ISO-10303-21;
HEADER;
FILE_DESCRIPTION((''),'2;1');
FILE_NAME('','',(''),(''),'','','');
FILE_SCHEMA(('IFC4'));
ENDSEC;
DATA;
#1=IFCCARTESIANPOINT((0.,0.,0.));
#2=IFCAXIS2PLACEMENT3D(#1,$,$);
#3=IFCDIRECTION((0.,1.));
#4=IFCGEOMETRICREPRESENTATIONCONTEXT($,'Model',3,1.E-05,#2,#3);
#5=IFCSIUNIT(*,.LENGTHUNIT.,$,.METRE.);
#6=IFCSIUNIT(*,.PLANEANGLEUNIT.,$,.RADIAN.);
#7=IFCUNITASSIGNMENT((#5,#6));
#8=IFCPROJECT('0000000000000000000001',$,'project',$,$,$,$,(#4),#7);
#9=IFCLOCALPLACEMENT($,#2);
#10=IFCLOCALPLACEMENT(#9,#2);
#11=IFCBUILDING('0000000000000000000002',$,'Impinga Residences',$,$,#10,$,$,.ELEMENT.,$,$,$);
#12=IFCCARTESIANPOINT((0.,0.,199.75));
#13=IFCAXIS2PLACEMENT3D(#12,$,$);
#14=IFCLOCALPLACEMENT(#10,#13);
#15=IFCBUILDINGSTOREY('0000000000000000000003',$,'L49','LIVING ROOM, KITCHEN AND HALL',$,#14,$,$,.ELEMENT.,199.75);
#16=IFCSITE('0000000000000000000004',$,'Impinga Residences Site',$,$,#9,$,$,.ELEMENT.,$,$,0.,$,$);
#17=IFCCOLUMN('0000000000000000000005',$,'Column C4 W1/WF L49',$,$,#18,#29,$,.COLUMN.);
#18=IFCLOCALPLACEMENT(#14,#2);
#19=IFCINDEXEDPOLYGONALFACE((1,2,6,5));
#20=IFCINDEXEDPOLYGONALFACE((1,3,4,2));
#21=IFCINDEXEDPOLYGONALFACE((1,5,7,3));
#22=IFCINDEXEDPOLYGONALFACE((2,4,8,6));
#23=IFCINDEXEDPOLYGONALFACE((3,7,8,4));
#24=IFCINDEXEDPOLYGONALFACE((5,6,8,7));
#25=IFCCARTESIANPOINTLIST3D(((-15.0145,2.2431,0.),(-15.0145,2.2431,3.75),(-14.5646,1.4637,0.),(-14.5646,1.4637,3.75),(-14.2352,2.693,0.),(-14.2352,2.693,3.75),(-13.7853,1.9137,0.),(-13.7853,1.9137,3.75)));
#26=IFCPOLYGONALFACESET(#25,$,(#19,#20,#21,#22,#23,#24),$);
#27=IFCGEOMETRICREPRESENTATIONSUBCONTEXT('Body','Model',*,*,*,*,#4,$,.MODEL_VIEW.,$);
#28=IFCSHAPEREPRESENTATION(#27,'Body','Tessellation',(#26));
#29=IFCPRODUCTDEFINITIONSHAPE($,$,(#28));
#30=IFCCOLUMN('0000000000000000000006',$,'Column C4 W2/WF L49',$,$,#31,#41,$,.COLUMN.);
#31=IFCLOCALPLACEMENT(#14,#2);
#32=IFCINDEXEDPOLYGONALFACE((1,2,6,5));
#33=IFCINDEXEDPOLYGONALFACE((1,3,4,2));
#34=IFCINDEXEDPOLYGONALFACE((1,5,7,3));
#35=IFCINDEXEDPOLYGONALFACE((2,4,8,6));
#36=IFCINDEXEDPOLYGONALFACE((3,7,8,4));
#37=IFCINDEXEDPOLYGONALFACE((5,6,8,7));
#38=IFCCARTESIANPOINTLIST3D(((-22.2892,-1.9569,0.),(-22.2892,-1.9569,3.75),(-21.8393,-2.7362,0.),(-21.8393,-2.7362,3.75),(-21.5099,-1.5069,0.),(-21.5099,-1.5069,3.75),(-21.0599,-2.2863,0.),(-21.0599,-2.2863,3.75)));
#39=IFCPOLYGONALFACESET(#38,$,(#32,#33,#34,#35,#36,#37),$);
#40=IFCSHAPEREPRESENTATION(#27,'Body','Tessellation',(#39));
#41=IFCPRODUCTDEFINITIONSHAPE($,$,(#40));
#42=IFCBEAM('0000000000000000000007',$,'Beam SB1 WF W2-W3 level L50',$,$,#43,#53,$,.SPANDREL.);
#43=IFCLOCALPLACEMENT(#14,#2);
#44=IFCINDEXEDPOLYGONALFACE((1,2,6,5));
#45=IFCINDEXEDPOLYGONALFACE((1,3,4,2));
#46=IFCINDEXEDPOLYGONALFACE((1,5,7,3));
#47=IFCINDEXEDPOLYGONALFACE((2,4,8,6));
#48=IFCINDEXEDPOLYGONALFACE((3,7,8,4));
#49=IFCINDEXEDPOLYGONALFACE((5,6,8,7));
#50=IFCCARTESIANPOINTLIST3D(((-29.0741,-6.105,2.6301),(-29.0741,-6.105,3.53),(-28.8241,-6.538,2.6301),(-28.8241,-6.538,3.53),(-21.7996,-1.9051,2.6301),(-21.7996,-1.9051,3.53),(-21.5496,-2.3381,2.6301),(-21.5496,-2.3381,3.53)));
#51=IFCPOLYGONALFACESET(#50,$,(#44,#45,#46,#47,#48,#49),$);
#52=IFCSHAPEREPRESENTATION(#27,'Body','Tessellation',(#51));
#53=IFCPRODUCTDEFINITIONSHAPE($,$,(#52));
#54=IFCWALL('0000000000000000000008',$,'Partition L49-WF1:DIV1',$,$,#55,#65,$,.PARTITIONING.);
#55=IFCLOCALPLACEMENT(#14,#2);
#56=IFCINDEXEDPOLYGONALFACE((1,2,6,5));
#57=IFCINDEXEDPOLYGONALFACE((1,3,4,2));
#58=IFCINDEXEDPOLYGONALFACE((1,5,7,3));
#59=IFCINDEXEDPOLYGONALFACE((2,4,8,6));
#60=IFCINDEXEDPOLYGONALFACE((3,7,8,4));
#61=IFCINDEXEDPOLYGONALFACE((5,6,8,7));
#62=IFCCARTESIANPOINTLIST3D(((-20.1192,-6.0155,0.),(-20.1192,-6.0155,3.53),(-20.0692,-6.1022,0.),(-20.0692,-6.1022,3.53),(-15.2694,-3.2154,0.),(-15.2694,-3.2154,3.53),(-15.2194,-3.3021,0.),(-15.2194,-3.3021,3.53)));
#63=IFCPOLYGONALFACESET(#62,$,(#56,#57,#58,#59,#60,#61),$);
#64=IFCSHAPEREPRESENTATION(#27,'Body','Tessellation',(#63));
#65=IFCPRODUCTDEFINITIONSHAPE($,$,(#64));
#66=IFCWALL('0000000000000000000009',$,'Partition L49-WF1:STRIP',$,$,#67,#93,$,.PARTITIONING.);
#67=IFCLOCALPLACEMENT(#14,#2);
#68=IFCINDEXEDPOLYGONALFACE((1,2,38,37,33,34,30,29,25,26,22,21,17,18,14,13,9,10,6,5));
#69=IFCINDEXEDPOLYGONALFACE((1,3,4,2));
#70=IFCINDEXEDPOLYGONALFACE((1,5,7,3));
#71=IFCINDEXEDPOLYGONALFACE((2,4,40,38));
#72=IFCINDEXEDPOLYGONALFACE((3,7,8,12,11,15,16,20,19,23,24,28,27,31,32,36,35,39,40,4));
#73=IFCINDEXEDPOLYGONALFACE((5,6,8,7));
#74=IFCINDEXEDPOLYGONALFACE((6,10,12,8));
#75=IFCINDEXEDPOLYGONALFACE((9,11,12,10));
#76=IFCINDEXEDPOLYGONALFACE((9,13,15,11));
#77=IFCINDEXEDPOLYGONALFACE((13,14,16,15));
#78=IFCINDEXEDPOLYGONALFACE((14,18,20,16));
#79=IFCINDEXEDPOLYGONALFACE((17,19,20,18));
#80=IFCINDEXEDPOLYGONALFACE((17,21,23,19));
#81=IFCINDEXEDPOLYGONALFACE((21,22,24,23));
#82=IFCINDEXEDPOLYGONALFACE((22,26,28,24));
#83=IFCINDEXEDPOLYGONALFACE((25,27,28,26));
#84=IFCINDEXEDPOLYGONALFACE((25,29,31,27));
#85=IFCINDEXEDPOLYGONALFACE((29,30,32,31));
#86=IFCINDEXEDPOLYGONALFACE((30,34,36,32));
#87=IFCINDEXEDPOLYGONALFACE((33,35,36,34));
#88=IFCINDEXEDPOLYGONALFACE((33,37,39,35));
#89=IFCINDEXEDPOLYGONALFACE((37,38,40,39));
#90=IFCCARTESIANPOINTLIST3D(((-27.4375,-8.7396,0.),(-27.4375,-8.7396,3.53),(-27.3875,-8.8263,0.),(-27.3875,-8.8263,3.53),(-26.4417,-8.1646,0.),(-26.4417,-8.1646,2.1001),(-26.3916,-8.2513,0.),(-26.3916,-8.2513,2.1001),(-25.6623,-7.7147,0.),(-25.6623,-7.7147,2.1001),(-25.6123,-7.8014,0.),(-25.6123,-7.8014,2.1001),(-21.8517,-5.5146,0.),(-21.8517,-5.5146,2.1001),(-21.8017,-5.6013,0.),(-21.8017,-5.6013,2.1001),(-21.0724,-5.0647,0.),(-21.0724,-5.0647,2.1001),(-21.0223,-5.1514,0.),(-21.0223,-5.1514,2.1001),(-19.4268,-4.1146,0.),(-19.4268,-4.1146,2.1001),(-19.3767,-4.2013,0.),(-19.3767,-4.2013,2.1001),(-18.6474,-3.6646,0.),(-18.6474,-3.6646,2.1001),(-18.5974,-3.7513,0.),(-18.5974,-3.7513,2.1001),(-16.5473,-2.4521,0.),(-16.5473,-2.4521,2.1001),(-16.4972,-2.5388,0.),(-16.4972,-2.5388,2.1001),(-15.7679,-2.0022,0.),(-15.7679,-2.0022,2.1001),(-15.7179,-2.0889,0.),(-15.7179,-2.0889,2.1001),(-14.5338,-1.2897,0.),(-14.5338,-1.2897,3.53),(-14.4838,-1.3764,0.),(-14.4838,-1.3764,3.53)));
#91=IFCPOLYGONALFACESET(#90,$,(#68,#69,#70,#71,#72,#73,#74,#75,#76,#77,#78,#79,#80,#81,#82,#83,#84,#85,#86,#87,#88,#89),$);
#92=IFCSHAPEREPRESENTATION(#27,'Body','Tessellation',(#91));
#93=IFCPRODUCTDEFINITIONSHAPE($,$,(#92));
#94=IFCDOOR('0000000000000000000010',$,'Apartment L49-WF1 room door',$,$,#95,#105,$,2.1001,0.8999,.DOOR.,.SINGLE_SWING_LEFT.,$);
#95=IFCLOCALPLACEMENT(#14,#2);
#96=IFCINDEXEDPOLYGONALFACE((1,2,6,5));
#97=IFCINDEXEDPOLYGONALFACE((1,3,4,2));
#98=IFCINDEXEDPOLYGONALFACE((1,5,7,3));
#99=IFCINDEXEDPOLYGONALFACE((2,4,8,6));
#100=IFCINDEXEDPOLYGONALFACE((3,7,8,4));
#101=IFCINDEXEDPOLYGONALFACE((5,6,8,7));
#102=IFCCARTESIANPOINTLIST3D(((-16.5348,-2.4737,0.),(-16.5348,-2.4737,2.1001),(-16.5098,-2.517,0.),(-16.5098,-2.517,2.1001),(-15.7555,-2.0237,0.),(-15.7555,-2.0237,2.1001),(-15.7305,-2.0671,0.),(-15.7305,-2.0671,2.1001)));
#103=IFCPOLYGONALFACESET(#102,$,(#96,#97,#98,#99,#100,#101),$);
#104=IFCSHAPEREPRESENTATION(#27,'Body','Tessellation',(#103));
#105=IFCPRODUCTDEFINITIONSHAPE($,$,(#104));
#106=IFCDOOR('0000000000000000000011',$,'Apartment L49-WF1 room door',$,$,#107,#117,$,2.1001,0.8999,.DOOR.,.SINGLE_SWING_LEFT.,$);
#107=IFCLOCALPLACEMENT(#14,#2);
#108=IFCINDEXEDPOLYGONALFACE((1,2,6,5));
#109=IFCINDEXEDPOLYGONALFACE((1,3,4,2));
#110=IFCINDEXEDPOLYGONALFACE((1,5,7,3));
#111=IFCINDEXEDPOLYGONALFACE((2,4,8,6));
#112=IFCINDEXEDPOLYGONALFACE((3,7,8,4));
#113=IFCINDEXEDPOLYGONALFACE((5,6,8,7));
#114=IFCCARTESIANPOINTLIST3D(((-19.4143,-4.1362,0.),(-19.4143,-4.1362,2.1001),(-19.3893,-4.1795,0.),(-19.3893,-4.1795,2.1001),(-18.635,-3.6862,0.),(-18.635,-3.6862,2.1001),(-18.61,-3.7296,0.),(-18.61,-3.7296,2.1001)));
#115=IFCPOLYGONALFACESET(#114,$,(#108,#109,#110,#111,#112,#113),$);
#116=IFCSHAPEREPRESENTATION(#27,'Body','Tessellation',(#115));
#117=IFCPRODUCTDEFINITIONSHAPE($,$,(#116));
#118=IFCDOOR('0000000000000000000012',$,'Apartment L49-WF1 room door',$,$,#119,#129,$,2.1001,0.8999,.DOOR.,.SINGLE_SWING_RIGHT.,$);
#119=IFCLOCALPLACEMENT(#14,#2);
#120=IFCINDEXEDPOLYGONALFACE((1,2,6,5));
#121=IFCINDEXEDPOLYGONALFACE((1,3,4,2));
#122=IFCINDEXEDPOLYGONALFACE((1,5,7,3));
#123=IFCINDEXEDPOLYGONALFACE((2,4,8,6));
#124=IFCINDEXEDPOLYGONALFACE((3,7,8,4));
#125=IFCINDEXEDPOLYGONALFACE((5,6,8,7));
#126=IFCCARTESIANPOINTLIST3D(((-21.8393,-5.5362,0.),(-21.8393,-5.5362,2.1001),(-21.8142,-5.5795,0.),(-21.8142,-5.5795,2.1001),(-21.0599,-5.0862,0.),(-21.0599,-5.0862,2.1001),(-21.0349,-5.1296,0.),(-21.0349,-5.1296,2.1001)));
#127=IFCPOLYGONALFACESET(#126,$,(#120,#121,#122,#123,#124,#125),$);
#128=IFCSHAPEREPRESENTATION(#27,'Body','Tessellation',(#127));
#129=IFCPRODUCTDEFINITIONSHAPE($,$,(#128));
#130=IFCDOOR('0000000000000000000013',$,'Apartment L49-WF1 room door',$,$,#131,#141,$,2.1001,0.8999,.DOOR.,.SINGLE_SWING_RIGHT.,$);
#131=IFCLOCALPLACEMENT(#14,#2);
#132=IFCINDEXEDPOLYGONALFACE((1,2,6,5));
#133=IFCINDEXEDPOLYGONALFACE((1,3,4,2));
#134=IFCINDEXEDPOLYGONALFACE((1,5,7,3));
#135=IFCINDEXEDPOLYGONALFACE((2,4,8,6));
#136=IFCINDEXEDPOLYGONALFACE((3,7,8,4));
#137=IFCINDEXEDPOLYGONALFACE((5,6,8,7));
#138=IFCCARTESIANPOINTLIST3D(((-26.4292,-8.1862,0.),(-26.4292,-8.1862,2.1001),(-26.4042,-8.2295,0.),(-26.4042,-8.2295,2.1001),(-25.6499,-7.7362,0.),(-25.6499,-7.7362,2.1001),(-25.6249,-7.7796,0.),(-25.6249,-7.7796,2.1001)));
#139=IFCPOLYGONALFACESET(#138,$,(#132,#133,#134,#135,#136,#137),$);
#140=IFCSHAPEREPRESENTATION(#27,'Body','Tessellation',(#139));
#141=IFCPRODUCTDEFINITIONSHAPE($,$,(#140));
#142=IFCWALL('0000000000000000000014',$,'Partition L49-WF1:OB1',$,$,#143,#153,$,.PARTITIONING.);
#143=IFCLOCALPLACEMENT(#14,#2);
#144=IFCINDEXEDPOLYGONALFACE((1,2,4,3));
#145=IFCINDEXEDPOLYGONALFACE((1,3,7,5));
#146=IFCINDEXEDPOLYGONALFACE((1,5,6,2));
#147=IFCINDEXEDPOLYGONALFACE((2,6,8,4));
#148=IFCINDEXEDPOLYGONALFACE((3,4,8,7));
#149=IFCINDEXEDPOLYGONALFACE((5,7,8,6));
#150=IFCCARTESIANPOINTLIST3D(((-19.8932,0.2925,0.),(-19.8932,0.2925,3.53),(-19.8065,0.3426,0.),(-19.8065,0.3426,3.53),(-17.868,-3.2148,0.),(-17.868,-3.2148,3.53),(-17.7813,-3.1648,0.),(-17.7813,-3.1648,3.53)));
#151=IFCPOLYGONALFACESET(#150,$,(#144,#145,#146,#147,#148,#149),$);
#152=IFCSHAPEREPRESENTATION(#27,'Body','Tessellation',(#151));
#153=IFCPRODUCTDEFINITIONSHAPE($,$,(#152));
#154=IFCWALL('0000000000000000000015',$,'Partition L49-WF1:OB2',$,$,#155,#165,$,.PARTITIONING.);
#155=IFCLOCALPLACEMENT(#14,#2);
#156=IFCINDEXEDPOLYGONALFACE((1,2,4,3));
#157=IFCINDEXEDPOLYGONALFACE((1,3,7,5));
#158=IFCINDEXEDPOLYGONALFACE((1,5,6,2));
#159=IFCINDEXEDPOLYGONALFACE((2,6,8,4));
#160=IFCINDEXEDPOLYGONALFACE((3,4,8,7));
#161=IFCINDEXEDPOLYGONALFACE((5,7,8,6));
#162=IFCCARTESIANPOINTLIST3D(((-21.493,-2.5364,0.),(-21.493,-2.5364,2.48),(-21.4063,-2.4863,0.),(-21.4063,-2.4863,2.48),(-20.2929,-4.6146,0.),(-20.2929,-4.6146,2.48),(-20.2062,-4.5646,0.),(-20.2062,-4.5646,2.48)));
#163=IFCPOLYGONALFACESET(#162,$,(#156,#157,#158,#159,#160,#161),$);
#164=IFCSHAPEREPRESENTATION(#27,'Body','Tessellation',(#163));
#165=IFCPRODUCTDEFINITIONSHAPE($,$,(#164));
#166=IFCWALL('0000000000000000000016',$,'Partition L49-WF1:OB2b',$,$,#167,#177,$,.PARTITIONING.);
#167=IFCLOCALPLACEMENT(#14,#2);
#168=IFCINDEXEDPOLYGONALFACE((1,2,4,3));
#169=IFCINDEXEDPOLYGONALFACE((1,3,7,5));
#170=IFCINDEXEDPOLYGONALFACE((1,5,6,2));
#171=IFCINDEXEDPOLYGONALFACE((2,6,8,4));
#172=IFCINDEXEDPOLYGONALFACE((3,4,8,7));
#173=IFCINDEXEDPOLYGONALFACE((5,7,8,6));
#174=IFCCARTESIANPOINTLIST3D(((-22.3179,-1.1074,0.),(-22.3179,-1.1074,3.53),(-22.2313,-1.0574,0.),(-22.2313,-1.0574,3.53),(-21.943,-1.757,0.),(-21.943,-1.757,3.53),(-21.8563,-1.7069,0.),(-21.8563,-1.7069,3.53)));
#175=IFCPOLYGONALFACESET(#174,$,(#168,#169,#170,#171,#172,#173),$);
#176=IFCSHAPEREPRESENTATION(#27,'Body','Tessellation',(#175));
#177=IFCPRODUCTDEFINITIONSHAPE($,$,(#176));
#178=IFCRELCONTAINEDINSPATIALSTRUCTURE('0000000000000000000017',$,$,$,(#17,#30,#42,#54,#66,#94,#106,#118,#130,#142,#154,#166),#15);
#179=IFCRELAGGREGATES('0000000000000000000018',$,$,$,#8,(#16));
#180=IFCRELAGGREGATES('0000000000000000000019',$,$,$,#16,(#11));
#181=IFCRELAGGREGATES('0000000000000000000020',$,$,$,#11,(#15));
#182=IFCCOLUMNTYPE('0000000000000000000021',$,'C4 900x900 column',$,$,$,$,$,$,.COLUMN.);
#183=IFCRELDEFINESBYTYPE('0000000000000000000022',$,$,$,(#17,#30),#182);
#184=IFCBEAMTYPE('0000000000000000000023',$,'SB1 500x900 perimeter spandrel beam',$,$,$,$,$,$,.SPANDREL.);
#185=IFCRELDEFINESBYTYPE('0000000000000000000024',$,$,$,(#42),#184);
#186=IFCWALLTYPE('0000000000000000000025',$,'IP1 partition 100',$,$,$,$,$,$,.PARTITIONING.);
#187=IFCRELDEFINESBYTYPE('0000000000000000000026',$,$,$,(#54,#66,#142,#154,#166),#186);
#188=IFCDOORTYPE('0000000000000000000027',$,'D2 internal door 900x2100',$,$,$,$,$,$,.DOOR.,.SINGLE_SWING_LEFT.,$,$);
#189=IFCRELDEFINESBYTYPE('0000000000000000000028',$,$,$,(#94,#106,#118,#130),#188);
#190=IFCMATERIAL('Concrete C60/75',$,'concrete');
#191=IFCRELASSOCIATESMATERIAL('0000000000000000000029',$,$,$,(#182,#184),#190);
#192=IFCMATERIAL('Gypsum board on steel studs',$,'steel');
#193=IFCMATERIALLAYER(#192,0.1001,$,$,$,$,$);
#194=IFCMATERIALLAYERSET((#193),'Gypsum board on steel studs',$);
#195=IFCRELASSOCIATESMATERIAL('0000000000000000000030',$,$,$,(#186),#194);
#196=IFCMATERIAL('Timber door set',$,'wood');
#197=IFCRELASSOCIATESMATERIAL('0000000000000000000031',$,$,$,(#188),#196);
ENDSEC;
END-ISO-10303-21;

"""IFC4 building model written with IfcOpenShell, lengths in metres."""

from ifc_helpers import new_model, si_unit, direction, frame, frame_2d, origin, origin_2d, place, context, subcontext, project, spatial, rectangle, extrude, material, layer, layer_set, material_profile, profile_set, type_object, element, fill, save


model = new_model("IFC4")

# Units and contexts
model_context = context("Model", 3, precision=1e-05, world=origin(), true_north=direction((0.0, 1.0)))
body_context = subcontext(model_context, "Body", "Model", "MODEL_VIEW")
ifc_project = project(units=[si_unit("LENGTHUNIT", "METRE"), si_unit("PLANEANGLEUNIT", "RADIAN")], contexts=[model_context])

# Site, building, storey
site_placement = place(None, origin())
site = spatial("IfcSite", under=ifc_project, at=site_placement, Name="Impinga Residences Site", CompositionType="ELEMENT", RefElevation=0.0)
building_placement = place(site_placement, origin())
building = spatial("IfcBuilding", under=site, at=building_placement, Name="Impinga Residences", CompositionType="ELEMENT")
storey_placement = place(building_placement, frame((0.0, 0.0, 199.75)))
storey = spatial("IfcBuildingStorey", under=building, at=storey_placement, Name="L49", Description="LIVING ROOM, KITCHEN AND HALL", CompositionType="ELEMENT", Elevation=199.75)

# Columns
ifc_material_1 = material(Name="Concrete C60/75", Category="concrete")
ifc_material_profile_1 = material_profile(ifc_material_1, rectangle(XDim=0.8999, YDim=0.8999, at=origin_2d()), Name="RC 900x900")
ifc_profile_set_1 = profile_set([ifc_material_profile_1], Name="Concrete C60/75")
column_type = type_object("IfcColumnType", Name="C4 900x900 column", PredefinedType="COLUMN", material=ifc_profile_set_1)
for number, where, z_axis, x_axis, name in (
    (1, (-14.3999, 2.0784, 0.0), (0.0, 0.0, 1.0), (-0.5, 0.866025, 0.0), "Column C4 W1/WF L49"),
    (2, (-21.6746, -2.1216, 0.0), (0.0, 0.0, 1.0), (-0.5, 0.866025, 0.0), "Column C4 W2/WF L49"),
):
    element("IfcColumn", number, at=place(storey_placement, frame(where, z_axis=z_axis, x_axis=x_axis)), inside=storey, type_object=column_type, Name=name, PredefinedType="COLUMN", context=body_context, shape_type="SweptSolid", body=[
        extrude(rectangle(XDim=0.8999, YDim=0.8999, at=origin_2d()), origin(), (0.0, 0.0, 1.0), 3.75),
    ])

# Beam
ifc_material_profile_2 = material_profile(ifc_material_1, rectangle(XDim=0.5, YDim=0.8999, at=origin_2d()), Name="RC 500x900")
ifc_profile_set_2 = profile_set([ifc_material_profile_2], Name="Concrete C60/75")
beam_type = type_object("IfcBeamType", Name="SB1 500x900 perimeter spandrel beam", PredefinedType="SPANDREL", material=ifc_profile_set_2)
beam_placement = place(storey_placement, frame((-21.6746, -2.1216, 3.0801), z_axis=(-0.866029, -0.499993, 0.0), x_axis=(0.499993, -0.866029, 0.0)))
element("IfcBeam", 3, at=beam_placement, inside=storey, type_object=beam_type, Name="Beam SB1 WF W2-W3 level L50", PredefinedType="SPANDREL", context=body_context, shape_type="SweptSolid", body=[
    extrude(rectangle(XDim=0.5, YDim=0.8999, at=origin_2d()), origin(), (0.0, 0.0, 1.0), 8.3999),
])

# Wall
ifc_material_2 = material(Name="Gypsum board on steel studs", Category="steel")
ifc_layer = layer(ifc_material_2, 0.1001)
ifc_layer_set = layer_set([ifc_layer], Name="Gypsum board on steel studs")
wall_type = type_object("IfcWallType", Name="IP1 partition 100", PredefinedType="PARTITIONING", material=ifc_layer_set)
wall_1_placement = place(storey_placement, frame((-15.2444, -3.2588, 0.0), z_axis=(0.0, 0.0, 1.0), x_axis=(-0.866027, -0.499998, 0.0)))
element("IfcWall", 4, at=wall_1_placement, inside=storey, type_object=wall_type, Name="Partition L49-WF1:DIV1", PredefinedType="PARTITIONING", context=body_context, shape_type="SweptSolid", body=[
    extrude(rectangle(XDim=5.6001, YDim=0.1001, at=frame_2d((2.8, 0.0))), origin(), (0.0, 0.0, 1.0), 3.53),
])

# Wall, openings, doors
wall_2_placement = place(storey_placement, frame((-14.5088, -1.333, 0.0), z_axis=(0.0, 0.0, 1.0), x_axis=(-0.866027, -0.499997, 0.0)))
wall_2 = element("IfcWall", 5, at=wall_2_placement, inside=storey, type_object=wall_type, Name="Partition L49-WF1:STRIP", PredefinedType="PARTITIONING", context=body_context, shape_type="SweptSolid", body=[
    extrude(rectangle(XDim=14.8999, YDim=0.1001, at=frame_2d((7.45, 0.0))), origin(), (0.0, 0.0, 1.0), 3.53),
])
opening_1_placement = place(wall_2_placement, frame((1.425, 0.0, 0.0)))
opening_1 = element("IfcOpeningElement", 6, at=opening_1_placement, cuts=wall_2, PredefinedType="OPENING", context=body_context, shape_type="SweptSolid", body=[
    extrude(rectangle(XDim=0.8999, YDim=2.1001, at=frame_2d((0.45, 1.05))), frame((0.0, 0.0601, 0.0), z_axis=(0.0, -1.0, 0.0), x_axis=(1.0, 0.0, 0.0)), (0.0, 0.0, 1.0), 0.1201),
])
opening_2_placement = place(wall_2_placement, frame((4.75, 0.0, 0.0)))
opening_2 = element("IfcOpeningElement", 7, at=opening_2_placement, cuts=wall_2, PredefinedType="OPENING", context=body_context, shape_type="SweptSolid", body=[
    extrude(rectangle(XDim=0.8999, YDim=2.1001, at=frame_2d((0.45, 1.05))), frame((0.0, 0.0601, 0.0), z_axis=(0.0, -1.0, 0.0), x_axis=(1.0, 0.0, 0.0)), (0.0, 0.0, 1.0), 0.1201),
])
opening_3_placement = place(wall_2_placement, frame((7.55, 0.0, 0.0)))
opening_3 = element("IfcOpeningElement", 8, at=opening_3_placement, cuts=wall_2, PredefinedType="OPENING", context=body_context, shape_type="SweptSolid", body=[
    extrude(rectangle(XDim=0.8999, YDim=2.1001, at=frame_2d((0.45, 1.05))), frame((0.0, 0.0601, 0.0), z_axis=(0.0, -1.0, 0.0), x_axis=(1.0, 0.0, 0.0)), (0.0, 0.0, 1.0), 0.1201),
])
opening_4_placement = place(wall_2_placement, frame((12.8501, 0.0, 0.0)))
opening_4 = element("IfcOpeningElement", 9, at=opening_4_placement, cuts=wall_2, PredefinedType="OPENING", context=body_context, shape_type="SweptSolid", body=[
    extrude(rectangle(XDim=0.8999, YDim=2.1001, at=frame_2d((0.45, 1.05))), frame((0.0, 0.0601, 0.0), z_axis=(0.0, -1.0, 0.0), x_axis=(1.0, 0.0, 0.0)), (0.0, 0.0, 1.0), 0.1201),
])
ifc_material_3 = material(Name="Timber door set", Category="wood")
door_type = type_object("IfcDoorType", Name="D2 internal door 900x2100", OperationType="SINGLE_SWING_LEFT", PredefinedType="DOOR", material=ifc_material_3)
door_1_placement = place(opening_1_placement, origin())
door_1 = element("IfcDoor", 10, at=door_1_placement, inside=storey, type_object=door_type, Name="Apartment L49-WF1 room door", OperationType="SINGLE_SWING_LEFT", OverallHeight=2.1001, OverallWidth=0.8999, PredefinedType="DOOR", context=body_context, shape_type="SweptSolid", body=[
    extrude(rectangle(XDim=0.8999, YDim=2.1001, at=frame_2d((0.45, 1.05))), frame((0.0, 0.0249, 0.0), z_axis=(0.0, -1.0, 0.0), x_axis=(1.0, 0.0, 0.0)), (0.0, 0.0, 1.0), 0.05),
])
fill(opening_1, door_1)
door_2_placement = place(opening_2_placement, origin())
door_2 = element("IfcDoor", 11, at=door_2_placement, inside=storey, type_object=door_type, Name="Apartment L49-WF1 room door", OperationType="SINGLE_SWING_LEFT", OverallHeight=2.1001, OverallWidth=0.8999, PredefinedType="DOOR", context=body_context, shape_type="SweptSolid", body=[
    extrude(rectangle(XDim=0.8999, YDim=2.1001, at=frame_2d((0.45, 1.05))), frame((0.0, 0.0249, 0.0), z_axis=(0.0, -1.0, 0.0), x_axis=(1.0, 0.0, 0.0)), (0.0, 0.0, 1.0), 0.05),
])
fill(opening_2, door_2)
door_3_placement = place(opening_3_placement, origin())
door_3 = element("IfcDoor", 12, at=door_3_placement, inside=storey, type_object=door_type, Name="Apartment L49-WF1 room door", OperationType="SINGLE_SWING_RIGHT", OverallHeight=2.1001, OverallWidth=0.8999, PredefinedType="DOOR", context=body_context, shape_type="SweptSolid", body=[
    extrude(rectangle(XDim=0.8999, YDim=2.1001, at=frame_2d((0.45, 1.05))), frame((0.0, 0.0249, 0.0), z_axis=(0.0, -1.0, 0.0), x_axis=(1.0, 0.0, 0.0)), (0.0, 0.0, 1.0), 0.05),
])
fill(opening_3, door_3)
door_4_placement = place(opening_4_placement, origin())
door_4 = element("IfcDoor", 13, at=door_4_placement, inside=storey, type_object=door_type, Name="Apartment L49-WF1 room door", OperationType="SINGLE_SWING_RIGHT", OverallHeight=2.1001, OverallWidth=0.8999, PredefinedType="DOOR", context=body_context, shape_type="SweptSolid", body=[
    extrude(rectangle(XDim=0.8999, YDim=2.1001, at=frame_2d((0.45, 1.05))), frame((0.0, 0.0249, 0.0), z_axis=(0.0, -1.0, 0.0), x_axis=(1.0, 0.0, 0.0)), (0.0, 0.0, 1.0), 0.05),
])
fill(opening_4, door_4)

# Walls
wall_3_placement = place(storey_placement, frame((-17.8247, -3.1897, 0.0), z_axis=(0.0, 0.0, 1.0), x_axis=(-0.500036, 0.866005, 0.0)))
element("IfcWall", 14, at=wall_3_placement, inside=storey, type_object=wall_type, Name="Partition L49-WF1:OB1", PredefinedType="PARTITIONING", context=body_context, shape_type="SweptSolid", body=[
    extrude(rectangle(XDim=4.05, YDim=0.1001, at=frame_2d((2.0249, 0.0))), origin(), (0.0, 0.0, 1.0), 3.53),
])
wall_4_placement = place(storey_placement, frame((-20.2495, -4.5896, 0.0), z_axis=(0.0, 0.0, 1.0), x_axis=(-0.500078, 0.865981, 0.0)))
element("IfcWall", 15, at=wall_4_placement, inside=storey, type_object=wall_type, Name="Partition L49-WF1:OB2", PredefinedType="PARTITIONING", context=body_context, shape_type="SweptSolid", body=[
    extrude(rectangle(XDim=2.3999, YDim=0.1001, at=frame_2d((1.2, 0.0))), origin(), (0.0, 0.0, 1.0), 2.48),
])
wall_5_placement = place(storey_placement, frame((-21.8997, -1.7319, 0.0), z_axis=(0.0, 0.0, 1.0), x_axis=(-0.49992, 0.866072, 0.0)))
element("IfcWall", 16, at=wall_5_placement, inside=storey, type_object=wall_type, Name="Partition L49-WF1:OB2b", PredefinedType="PARTITIONING", context=body_context, shape_type="SweptSolid", body=[
    extrude(rectangle(XDim=0.75, YDim=0.1001, at=frame_2d((0.375, 0.0))), origin(), (0.0, 0.0, 1.0), 3.53),
])

save(model, "model.ifc")
